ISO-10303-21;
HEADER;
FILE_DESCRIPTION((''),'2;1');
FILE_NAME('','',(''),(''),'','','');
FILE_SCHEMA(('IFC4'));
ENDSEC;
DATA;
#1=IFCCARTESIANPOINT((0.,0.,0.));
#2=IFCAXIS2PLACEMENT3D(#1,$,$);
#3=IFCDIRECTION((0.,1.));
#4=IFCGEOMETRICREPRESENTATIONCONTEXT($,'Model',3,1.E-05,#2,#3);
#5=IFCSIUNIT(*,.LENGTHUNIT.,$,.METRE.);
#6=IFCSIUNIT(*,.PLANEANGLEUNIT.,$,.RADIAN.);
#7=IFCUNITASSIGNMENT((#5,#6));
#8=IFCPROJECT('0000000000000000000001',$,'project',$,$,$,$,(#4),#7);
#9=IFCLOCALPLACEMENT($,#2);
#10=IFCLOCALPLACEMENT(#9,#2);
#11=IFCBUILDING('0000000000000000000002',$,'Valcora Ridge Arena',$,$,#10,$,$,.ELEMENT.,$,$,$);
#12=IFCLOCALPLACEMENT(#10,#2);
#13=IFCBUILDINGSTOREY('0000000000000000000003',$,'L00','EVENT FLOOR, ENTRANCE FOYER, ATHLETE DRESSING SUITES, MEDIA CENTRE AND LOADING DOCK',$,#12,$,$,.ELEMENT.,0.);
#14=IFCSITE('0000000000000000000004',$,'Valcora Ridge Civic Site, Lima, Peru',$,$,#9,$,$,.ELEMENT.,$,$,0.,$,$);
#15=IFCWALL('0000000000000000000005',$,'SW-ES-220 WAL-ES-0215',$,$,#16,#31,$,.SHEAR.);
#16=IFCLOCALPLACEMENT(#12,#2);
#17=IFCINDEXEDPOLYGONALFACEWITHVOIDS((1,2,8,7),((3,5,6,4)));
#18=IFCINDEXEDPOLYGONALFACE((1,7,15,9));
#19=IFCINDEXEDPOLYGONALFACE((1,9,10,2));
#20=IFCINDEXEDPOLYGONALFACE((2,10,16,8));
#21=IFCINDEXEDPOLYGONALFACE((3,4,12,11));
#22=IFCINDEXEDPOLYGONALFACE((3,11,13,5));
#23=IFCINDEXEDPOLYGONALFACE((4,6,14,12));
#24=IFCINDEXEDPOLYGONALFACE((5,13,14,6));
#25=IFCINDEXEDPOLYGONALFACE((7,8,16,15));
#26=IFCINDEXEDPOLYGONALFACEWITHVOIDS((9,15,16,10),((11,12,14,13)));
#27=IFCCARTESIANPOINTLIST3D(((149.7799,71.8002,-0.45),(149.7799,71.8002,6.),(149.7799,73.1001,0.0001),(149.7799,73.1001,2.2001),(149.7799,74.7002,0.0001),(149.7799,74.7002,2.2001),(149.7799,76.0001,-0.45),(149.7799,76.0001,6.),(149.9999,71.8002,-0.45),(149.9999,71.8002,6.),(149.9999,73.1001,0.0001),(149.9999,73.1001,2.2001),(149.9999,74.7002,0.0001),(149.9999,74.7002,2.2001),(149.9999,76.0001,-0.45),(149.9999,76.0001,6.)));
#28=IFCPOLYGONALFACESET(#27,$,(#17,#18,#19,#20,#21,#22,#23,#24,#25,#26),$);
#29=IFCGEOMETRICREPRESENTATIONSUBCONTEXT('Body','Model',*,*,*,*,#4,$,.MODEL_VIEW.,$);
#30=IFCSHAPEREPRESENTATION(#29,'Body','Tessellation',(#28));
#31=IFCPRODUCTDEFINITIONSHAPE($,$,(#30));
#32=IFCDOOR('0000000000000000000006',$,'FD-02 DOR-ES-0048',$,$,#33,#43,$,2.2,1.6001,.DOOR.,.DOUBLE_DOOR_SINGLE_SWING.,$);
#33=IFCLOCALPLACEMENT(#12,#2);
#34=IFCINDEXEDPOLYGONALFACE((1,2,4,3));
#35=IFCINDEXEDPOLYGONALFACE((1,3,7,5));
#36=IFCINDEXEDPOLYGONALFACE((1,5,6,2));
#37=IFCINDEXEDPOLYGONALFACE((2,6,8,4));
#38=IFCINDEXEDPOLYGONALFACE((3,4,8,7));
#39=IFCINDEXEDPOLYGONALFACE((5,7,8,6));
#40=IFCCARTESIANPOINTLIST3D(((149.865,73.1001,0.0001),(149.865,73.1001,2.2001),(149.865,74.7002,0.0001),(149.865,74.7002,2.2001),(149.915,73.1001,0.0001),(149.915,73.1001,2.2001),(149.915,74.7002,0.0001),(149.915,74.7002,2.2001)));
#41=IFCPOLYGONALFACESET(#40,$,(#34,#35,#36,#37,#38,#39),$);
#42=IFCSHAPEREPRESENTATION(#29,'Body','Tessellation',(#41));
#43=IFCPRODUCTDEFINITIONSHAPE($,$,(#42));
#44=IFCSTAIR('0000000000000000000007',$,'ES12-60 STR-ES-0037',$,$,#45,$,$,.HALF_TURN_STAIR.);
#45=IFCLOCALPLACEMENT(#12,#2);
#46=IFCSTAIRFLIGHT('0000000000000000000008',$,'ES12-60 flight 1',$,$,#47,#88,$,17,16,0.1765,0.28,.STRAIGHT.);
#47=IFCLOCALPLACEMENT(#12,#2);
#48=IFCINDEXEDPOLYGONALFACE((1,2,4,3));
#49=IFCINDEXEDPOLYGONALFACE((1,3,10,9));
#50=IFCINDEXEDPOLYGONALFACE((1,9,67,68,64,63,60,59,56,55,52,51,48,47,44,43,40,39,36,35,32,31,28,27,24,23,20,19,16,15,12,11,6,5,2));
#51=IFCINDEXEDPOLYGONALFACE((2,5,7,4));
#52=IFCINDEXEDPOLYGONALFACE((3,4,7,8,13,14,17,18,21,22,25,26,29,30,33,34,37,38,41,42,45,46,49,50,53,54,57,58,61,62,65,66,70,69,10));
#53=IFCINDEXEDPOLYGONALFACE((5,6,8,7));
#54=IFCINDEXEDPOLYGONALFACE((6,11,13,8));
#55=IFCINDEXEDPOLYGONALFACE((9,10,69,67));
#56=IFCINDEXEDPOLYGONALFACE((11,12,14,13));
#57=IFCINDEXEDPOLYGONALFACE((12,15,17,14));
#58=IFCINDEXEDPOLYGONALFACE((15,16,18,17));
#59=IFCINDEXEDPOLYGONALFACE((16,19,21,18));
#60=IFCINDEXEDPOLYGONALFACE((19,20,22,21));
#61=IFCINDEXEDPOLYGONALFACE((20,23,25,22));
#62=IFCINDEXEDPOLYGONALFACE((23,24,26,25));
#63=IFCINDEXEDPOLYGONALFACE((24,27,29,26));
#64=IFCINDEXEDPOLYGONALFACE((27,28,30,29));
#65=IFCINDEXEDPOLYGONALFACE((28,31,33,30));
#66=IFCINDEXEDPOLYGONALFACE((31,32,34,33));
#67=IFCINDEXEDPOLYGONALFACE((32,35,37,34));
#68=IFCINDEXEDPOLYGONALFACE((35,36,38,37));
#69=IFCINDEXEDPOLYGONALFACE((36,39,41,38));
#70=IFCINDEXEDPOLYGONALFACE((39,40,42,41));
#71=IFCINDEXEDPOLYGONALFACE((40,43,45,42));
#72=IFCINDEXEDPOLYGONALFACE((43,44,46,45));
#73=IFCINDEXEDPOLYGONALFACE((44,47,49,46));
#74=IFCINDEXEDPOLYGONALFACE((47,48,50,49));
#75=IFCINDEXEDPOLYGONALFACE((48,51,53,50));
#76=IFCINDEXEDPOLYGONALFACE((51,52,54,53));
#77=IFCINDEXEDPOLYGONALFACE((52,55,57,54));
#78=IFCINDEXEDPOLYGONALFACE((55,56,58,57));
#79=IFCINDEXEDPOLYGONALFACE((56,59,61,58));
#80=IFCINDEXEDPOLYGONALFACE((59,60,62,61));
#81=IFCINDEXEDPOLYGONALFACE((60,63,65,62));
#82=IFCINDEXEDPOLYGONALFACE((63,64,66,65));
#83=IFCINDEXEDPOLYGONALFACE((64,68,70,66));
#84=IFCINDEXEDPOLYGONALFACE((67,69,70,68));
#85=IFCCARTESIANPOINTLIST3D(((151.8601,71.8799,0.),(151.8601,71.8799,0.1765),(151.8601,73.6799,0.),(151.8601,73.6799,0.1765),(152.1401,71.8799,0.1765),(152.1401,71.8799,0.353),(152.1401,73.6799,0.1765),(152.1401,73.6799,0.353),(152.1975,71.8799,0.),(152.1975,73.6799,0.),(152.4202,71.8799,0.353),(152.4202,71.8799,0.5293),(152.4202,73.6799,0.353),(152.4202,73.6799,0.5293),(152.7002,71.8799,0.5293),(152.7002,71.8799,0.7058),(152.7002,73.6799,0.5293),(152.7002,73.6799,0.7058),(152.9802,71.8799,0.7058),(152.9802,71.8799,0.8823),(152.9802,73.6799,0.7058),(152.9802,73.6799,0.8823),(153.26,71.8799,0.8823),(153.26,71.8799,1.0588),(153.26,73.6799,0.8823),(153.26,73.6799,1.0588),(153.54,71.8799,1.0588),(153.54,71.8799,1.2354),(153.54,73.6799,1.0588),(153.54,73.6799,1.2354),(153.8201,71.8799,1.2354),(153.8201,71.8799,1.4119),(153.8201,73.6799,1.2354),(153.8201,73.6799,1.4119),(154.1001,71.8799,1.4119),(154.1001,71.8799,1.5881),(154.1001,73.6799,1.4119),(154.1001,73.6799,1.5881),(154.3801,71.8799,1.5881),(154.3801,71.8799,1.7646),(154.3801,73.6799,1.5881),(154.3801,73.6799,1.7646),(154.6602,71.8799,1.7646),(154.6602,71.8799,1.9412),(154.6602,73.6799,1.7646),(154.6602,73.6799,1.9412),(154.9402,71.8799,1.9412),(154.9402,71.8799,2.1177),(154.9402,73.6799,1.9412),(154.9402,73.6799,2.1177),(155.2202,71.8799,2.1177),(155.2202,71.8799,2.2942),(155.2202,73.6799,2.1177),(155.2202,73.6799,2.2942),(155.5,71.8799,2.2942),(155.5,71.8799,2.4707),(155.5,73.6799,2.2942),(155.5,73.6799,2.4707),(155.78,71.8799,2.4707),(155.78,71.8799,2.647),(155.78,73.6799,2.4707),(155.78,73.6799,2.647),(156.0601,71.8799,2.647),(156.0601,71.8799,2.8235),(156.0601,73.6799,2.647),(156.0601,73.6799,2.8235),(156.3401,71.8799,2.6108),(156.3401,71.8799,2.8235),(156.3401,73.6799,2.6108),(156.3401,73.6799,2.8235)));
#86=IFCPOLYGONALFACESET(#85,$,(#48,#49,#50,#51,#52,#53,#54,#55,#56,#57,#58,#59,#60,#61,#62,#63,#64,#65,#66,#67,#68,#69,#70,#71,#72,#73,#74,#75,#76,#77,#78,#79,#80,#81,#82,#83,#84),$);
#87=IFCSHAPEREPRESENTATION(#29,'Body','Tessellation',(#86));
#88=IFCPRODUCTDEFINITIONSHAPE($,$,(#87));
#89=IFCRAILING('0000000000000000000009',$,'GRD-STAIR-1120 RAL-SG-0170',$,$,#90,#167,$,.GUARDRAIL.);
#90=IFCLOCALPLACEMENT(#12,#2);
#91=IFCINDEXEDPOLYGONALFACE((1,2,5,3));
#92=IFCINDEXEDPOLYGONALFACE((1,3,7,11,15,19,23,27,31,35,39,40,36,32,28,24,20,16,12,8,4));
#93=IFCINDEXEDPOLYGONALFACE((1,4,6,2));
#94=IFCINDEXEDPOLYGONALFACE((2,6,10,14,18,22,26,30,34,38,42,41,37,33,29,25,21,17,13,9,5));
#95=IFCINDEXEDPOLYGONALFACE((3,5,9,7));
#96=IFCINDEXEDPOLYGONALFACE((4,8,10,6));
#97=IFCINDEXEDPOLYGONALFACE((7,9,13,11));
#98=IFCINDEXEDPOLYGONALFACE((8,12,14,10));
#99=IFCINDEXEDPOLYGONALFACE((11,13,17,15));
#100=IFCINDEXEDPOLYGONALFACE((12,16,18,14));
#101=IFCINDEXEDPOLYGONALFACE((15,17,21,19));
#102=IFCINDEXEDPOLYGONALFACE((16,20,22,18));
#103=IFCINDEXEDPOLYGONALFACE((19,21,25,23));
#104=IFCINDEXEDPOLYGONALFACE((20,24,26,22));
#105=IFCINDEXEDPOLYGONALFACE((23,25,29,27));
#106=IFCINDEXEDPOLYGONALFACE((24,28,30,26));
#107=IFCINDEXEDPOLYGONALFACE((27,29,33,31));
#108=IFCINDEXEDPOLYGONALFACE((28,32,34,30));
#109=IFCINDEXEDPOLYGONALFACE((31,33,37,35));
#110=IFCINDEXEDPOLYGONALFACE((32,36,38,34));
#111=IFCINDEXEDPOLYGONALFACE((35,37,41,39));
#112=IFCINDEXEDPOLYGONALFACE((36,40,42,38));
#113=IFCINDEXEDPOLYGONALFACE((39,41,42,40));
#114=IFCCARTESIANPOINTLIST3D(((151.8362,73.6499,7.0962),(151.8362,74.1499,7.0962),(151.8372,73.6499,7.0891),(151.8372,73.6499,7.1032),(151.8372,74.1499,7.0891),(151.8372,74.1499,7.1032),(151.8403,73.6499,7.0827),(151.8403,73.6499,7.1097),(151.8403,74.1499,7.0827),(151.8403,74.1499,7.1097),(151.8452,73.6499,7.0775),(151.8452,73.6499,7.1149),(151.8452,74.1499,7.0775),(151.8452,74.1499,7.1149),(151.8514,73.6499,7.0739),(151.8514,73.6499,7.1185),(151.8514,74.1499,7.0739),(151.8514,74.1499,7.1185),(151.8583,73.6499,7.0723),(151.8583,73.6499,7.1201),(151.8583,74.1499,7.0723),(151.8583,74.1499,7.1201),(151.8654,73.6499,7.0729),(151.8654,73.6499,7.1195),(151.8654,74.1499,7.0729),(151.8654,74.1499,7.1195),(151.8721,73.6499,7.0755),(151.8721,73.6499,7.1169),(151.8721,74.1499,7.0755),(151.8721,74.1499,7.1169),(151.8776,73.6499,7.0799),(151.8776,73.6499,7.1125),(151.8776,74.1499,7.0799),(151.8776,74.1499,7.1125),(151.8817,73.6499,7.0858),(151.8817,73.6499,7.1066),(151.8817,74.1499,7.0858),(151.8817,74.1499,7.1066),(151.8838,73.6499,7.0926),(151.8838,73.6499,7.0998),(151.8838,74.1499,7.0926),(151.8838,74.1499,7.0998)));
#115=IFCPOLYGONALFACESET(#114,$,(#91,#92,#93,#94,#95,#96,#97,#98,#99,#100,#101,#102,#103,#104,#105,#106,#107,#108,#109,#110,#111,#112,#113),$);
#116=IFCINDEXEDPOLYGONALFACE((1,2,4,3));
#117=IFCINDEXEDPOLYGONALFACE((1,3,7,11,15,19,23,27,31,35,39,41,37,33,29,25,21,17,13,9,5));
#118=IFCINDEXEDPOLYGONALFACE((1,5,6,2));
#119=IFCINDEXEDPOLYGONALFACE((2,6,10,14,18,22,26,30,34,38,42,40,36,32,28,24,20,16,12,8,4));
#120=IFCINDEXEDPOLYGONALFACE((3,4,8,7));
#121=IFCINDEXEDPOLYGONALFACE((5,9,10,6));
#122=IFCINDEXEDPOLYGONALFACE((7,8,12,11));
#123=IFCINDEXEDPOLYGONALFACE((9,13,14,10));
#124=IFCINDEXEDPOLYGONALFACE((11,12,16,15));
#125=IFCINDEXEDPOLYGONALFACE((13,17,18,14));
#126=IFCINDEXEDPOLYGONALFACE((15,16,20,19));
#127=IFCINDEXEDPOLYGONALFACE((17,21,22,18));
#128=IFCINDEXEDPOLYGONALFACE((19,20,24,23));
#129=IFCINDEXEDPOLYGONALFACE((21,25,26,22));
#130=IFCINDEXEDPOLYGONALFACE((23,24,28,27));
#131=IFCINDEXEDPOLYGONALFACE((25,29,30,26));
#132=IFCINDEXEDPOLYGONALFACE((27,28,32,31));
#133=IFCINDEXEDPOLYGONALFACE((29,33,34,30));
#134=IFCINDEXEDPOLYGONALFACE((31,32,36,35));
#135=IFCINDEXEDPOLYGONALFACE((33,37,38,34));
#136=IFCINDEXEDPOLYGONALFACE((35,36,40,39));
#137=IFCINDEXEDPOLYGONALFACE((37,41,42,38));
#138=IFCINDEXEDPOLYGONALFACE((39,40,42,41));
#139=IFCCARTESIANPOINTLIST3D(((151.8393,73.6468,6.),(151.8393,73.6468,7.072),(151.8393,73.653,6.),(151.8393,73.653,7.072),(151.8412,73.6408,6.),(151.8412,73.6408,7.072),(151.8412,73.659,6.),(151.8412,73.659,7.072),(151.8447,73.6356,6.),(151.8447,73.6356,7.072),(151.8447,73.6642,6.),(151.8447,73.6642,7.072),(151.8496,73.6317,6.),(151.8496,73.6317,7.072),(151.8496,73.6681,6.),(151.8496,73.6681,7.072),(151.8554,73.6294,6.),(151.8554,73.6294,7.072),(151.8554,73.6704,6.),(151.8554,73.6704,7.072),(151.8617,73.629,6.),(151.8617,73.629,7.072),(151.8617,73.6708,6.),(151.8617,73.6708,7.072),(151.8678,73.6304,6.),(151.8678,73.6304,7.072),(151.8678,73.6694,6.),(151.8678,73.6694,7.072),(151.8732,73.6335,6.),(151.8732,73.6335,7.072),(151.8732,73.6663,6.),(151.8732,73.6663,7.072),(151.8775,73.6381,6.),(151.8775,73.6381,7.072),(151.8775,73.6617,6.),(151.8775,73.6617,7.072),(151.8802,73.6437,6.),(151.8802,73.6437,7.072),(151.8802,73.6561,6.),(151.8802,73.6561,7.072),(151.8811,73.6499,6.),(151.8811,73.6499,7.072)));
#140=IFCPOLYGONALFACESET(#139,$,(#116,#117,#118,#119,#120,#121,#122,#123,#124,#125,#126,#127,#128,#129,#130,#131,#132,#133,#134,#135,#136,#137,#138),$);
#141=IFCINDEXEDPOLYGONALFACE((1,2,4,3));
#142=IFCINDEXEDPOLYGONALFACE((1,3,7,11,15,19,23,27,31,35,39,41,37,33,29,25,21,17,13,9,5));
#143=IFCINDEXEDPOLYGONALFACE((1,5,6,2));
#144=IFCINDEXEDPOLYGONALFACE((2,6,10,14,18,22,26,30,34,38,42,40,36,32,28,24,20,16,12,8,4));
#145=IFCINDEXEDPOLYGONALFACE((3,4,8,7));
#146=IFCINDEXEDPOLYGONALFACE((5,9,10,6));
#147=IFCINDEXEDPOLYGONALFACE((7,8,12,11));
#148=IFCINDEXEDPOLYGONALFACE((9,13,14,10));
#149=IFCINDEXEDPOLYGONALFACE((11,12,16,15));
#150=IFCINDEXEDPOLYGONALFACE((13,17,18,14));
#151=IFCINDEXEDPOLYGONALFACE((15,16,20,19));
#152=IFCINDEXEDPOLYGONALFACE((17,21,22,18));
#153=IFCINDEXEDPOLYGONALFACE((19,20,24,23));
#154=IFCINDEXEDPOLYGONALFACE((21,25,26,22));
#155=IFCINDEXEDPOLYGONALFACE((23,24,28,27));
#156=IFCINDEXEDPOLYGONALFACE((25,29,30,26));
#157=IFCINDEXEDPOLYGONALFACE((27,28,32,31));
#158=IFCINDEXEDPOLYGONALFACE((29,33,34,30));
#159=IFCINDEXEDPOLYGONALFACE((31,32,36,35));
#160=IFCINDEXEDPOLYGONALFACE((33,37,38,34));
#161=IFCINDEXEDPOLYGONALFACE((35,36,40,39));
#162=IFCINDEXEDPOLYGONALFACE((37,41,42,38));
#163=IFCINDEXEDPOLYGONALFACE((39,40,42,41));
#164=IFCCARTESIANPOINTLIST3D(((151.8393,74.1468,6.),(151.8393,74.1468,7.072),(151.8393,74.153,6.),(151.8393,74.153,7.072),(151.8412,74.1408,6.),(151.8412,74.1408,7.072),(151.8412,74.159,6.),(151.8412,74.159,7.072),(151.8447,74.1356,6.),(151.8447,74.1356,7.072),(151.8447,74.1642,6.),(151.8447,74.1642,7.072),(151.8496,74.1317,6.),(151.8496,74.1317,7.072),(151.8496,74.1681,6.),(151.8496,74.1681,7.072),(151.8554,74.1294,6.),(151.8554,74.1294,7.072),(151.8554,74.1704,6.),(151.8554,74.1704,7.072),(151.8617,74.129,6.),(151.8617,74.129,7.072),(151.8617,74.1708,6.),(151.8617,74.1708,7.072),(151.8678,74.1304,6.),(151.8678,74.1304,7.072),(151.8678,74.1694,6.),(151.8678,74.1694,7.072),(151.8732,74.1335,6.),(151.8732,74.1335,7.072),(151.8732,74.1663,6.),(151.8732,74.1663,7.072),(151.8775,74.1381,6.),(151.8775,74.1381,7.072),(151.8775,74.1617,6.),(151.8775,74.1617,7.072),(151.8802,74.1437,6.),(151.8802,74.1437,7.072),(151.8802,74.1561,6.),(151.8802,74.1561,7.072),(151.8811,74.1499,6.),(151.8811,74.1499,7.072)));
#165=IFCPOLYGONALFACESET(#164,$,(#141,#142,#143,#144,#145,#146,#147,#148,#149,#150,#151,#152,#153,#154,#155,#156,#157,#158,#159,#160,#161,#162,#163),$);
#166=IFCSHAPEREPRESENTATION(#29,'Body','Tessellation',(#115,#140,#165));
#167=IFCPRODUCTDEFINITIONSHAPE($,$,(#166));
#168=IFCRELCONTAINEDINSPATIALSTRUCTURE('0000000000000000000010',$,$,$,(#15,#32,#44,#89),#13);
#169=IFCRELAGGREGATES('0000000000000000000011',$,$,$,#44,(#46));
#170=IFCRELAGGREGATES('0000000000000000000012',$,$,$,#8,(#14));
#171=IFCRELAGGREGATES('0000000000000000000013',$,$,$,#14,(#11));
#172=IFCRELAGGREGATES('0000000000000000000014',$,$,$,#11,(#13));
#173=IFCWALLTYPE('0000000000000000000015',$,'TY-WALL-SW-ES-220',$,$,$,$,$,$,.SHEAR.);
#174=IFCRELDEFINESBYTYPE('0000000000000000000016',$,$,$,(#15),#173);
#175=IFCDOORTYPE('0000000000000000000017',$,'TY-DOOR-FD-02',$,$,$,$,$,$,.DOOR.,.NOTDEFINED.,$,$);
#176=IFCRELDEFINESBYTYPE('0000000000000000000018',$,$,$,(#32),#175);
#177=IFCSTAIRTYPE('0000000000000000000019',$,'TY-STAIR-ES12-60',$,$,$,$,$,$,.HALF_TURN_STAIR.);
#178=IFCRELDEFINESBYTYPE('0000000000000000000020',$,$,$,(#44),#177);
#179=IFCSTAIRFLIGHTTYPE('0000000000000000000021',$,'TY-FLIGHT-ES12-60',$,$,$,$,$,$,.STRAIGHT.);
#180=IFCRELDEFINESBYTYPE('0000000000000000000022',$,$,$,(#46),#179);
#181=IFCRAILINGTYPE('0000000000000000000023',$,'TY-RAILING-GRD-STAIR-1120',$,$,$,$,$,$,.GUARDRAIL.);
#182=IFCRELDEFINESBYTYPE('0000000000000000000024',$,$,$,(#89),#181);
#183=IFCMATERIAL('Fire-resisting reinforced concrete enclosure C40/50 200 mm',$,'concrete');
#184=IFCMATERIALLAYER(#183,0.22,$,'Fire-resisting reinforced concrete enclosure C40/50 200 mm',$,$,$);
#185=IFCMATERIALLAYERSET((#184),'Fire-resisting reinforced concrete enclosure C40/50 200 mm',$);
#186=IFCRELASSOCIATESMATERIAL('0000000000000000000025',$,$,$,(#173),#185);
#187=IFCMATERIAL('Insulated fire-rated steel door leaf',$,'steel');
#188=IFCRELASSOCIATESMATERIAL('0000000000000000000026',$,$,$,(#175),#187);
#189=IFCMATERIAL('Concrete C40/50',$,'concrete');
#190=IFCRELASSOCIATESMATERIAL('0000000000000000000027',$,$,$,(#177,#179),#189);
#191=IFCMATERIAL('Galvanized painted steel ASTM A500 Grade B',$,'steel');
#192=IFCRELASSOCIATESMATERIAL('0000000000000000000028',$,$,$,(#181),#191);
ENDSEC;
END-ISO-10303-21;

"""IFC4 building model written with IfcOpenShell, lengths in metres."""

from ifc_helpers import new_model, si_unit, direction, frame, frame_2d, origin, origin_2d, place, context, subcontext, project, spatial, polyline, rectangle, circle, outline, extrude, material, layer, layer_set, type_object, element, fill, aggregate, save


model = new_model("IFC4")

# Units and contexts
model_context = context("Model", 3, precision=1e-05, world=origin(), true_north=direction((0.0, 1.0)))
body_context = subcontext(model_context, "Body", "Model", "MODEL_VIEW")
ifc_project = project(units=[si_unit("LENGTHUNIT", "METRE"), si_unit("PLANEANGLEUNIT", "RADIAN")], contexts=[model_context])

# Site, building, storey
site_placement = place(None, origin())
site = spatial("IfcSite", under=ifc_project, at=site_placement, Name="Valcora Ridge Civic Site, Lima, Peru", CompositionType="ELEMENT", RefElevation=0.0)
building_placement = place(site_placement, origin())
building = spatial("IfcBuilding", under=site, at=building_placement, Name="Valcora Ridge Arena", CompositionType="ELEMENT")
storey_placement = place(building_placement, origin())
storey = spatial("IfcBuildingStorey", under=building, at=storey_placement, Name="L00", Description="EVENT FLOOR, ENTRANCE FOYER, ATHLETE DRESSING SUITES, MEDIA CENTRE AND LOADING DOCK", CompositionType="ELEMENT", Elevation=0.0)

# Shared definitions
ifc_material_1 = material(Name="Concrete C40/50", Category="concrete")
ifc_material_2 = material(Name="Fire-resisting reinforced concrete enclosure C40/50 200 mm", Category="concrete")

# Shared definitions
ifc_layer_1 = layer(ifc_material_2, 0.22, Name="Fire-resisting reinforced concrete enclosure C40/50 200 mm")
ifc_layer_set_1 = layer_set([ifc_layer_1], Name="Fire-resisting reinforced concrete enclosure C40/50 200 mm")
wall_type = type_object("IfcWallType", Name="TY-WALL-SW-ES-220", PredefinedType="SHEAR", material=ifc_layer_set_1)

# Wall, opening, door
wall_placement = place(storey_placement, frame((149.8899, 71.8, -0.45), z_axis=(0.0, 0.0, 1.0), x_axis=(0.0, 1.0, 0.0)))
wall = element("IfcWall", 1, at=wall_placement, inside=storey, type_object=wall_type, Name="SW-ES-220 WAL-ES-0215", PredefinedType="SHEAR", context=body_context, shape_type="SweptSolid", body=[
    extrude(rectangle(XDim=4.2, YDim=0.22, at=frame_2d((2.1001, 0.0))), origin(), (0.0, 0.0, 1.0), 6.45),
])
opening_placement = place(wall_placement, frame((1.3, 0.0, 0.45)))
opening = element("IfcOpeningElement", 2, at=opening_placement, cuts=wall, PredefinedType="OPENING", context=body_context, shape_type="SweptSolid", body=[
    extrude(rectangle(XDim=1.6001, YDim=2.2, at=frame_2d((0.8, 1.1001))), frame((0.0, 0.1199, 0.0), z_axis=(0.0, -1.0, 0.0), x_axis=(1.0, 0.0, 0.0)), (0.0, 0.0, 1.0), 0.24),
])
ifc_material_3 = material(Name="Insulated fire-rated steel door leaf", Category="steel")
door_type = type_object("IfcDoorType", Name="TY-DOOR-FD-02", OperationType="NOTDEFINED", PredefinedType="DOOR", material=ifc_material_3)
door_placement = place(opening_placement, origin())
door = element("IfcDoor", 3, at=door_placement, inside=storey, type_object=door_type, Name="FD-02 DOR-ES-0048", OperationType="DOUBLE_DOOR_SINGLE_SWING", OverallHeight=2.2, OverallWidth=1.6001, PredefinedType="DOOR", context=body_context, shape_type="SweptSolid", body=[
    extrude(rectangle(XDim=1.6001, YDim=2.2, at=frame_2d((0.8, 1.1001))), frame((0.0, 0.0249, 0.0), z_axis=(0.0, -1.0, 0.0), x_axis=(1.0, 0.0, 0.0)), (0.0, 0.0, 1.0), 0.05),
])
fill(opening, door)

# Stair, stair flight
stair_type = type_object("IfcStairType", Name="TY-STAIR-ES12-60", PredefinedType="HALF_TURN_STAIR", material=ifc_material_1)
stair_placement = place(storey_placement, origin())
stair = element("IfcStair", 4, at=stair_placement, inside=storey, type_object=stair_type, Name="ES12-60 STR-ES-0037", PredefinedType="HALF_TURN_STAIR")
stair_flight_type = type_object("IfcStairFlightType", Name="TY-FLIGHT-ES12-60", PredefinedType="STRAIGHT", material=ifc_material_1)
stair_flight_placement = place(storey_placement, frame((151.8601, 72.78, 0.0), z_axis=(0.0, 0.0, 1.0), x_axis=(1.0, 0.0, 0.0)))
stair_flight = element("IfcStairFlight", 5, at=stair_flight_placement, type_object=stair_flight_type, Name="ES12-60 flight 1", NumberOfRisers=17, NumberOfTreads=16, PredefinedType="STRAIGHT", RiserHeight=0.1765, TreadLength=0.28, context=body_context, shape_type="SweptSolid", body=[
    extrude(outline(polyline([(0.0, 0.0), (0.0, 0.1765), (0.28, 0.1765), (0.28, 0.353), (0.5601, 0.353), (0.5601, 0.5293), (0.8401, 0.5293), (0.8401, 0.7058), (1.1201, 0.7058), (1.1201, 0.8823), (1.3999, 0.8823), (1.3999, 1.0588), (1.6799, 1.0588), (1.6799, 1.2354), (1.96, 1.2354), (1.96, 1.4119), (2.24, 1.4119), (2.24, 1.5881), (2.52, 1.5881), (2.52, 1.7646), (2.8, 1.7646), (2.8, 1.9412), (3.0801, 1.9412), (3.0801, 2.1177), (3.3601, 2.1177), (3.3601, 2.2942), (3.6399, 2.2942), (3.6399, 2.4707), (3.9199, 2.4707), (3.9199, 2.647), (4.2, 2.647), (4.2, 2.8235), (4.48, 2.8235), (4.48, 3.0), (4.48, 2.6108), (0.3374, 0.0), (0.0, 0.0)])), frame((0.0, 0.8999, 0.0), z_axis=(0.0, -1.0, 0.0), x_axis=(1.0, 0.0, 0.0)), (0.0, 0.0, 1.0), 1.8),
])
aggregate(stair, [stair_flight])

# Railing
ifc_material_4 = material(Name="Galvanized painted steel ASTM A500 Grade B", Category="steel")
railing_type_1 = type_object("IfcRailingType", Name="TY-RAILING-GRD-STAIR-1120", PredefinedType="GUARDRAIL", material=ifc_material_4)
railing_1_placement = place(storey_placement, frame((151.8601, 73.6499, 6.0)))
element("IfcRailing", 6, at=railing_1_placement, inside=storey, type_object=railing_type_1, Name="GRD-STAIR-1120 RAL-SG-0170", PredefinedType="GUARDRAIL", context=body_context, shape_type="SweptSolid", body=[
    extrude(circle(Radius=0.0239, at=origin_2d()), frame((0.0, 0.0, 1.0962), z_axis=(0.0, 1.0, 0.0), x_axis=(-1.0, 0.0, 0.0)), (0.0, 0.0, 1.0), 0.5),
    extrude(circle(Radius=0.021, at=origin_2d()), origin(), (0.0, 0.0, 1.0), 1.072),
    extrude(circle(Radius=0.021, at=origin_2d()), frame((0.0, 0.5, 0.0)), (0.0, 0.0, 1.0), 1.072),
])

save(model, "model.ifc")
